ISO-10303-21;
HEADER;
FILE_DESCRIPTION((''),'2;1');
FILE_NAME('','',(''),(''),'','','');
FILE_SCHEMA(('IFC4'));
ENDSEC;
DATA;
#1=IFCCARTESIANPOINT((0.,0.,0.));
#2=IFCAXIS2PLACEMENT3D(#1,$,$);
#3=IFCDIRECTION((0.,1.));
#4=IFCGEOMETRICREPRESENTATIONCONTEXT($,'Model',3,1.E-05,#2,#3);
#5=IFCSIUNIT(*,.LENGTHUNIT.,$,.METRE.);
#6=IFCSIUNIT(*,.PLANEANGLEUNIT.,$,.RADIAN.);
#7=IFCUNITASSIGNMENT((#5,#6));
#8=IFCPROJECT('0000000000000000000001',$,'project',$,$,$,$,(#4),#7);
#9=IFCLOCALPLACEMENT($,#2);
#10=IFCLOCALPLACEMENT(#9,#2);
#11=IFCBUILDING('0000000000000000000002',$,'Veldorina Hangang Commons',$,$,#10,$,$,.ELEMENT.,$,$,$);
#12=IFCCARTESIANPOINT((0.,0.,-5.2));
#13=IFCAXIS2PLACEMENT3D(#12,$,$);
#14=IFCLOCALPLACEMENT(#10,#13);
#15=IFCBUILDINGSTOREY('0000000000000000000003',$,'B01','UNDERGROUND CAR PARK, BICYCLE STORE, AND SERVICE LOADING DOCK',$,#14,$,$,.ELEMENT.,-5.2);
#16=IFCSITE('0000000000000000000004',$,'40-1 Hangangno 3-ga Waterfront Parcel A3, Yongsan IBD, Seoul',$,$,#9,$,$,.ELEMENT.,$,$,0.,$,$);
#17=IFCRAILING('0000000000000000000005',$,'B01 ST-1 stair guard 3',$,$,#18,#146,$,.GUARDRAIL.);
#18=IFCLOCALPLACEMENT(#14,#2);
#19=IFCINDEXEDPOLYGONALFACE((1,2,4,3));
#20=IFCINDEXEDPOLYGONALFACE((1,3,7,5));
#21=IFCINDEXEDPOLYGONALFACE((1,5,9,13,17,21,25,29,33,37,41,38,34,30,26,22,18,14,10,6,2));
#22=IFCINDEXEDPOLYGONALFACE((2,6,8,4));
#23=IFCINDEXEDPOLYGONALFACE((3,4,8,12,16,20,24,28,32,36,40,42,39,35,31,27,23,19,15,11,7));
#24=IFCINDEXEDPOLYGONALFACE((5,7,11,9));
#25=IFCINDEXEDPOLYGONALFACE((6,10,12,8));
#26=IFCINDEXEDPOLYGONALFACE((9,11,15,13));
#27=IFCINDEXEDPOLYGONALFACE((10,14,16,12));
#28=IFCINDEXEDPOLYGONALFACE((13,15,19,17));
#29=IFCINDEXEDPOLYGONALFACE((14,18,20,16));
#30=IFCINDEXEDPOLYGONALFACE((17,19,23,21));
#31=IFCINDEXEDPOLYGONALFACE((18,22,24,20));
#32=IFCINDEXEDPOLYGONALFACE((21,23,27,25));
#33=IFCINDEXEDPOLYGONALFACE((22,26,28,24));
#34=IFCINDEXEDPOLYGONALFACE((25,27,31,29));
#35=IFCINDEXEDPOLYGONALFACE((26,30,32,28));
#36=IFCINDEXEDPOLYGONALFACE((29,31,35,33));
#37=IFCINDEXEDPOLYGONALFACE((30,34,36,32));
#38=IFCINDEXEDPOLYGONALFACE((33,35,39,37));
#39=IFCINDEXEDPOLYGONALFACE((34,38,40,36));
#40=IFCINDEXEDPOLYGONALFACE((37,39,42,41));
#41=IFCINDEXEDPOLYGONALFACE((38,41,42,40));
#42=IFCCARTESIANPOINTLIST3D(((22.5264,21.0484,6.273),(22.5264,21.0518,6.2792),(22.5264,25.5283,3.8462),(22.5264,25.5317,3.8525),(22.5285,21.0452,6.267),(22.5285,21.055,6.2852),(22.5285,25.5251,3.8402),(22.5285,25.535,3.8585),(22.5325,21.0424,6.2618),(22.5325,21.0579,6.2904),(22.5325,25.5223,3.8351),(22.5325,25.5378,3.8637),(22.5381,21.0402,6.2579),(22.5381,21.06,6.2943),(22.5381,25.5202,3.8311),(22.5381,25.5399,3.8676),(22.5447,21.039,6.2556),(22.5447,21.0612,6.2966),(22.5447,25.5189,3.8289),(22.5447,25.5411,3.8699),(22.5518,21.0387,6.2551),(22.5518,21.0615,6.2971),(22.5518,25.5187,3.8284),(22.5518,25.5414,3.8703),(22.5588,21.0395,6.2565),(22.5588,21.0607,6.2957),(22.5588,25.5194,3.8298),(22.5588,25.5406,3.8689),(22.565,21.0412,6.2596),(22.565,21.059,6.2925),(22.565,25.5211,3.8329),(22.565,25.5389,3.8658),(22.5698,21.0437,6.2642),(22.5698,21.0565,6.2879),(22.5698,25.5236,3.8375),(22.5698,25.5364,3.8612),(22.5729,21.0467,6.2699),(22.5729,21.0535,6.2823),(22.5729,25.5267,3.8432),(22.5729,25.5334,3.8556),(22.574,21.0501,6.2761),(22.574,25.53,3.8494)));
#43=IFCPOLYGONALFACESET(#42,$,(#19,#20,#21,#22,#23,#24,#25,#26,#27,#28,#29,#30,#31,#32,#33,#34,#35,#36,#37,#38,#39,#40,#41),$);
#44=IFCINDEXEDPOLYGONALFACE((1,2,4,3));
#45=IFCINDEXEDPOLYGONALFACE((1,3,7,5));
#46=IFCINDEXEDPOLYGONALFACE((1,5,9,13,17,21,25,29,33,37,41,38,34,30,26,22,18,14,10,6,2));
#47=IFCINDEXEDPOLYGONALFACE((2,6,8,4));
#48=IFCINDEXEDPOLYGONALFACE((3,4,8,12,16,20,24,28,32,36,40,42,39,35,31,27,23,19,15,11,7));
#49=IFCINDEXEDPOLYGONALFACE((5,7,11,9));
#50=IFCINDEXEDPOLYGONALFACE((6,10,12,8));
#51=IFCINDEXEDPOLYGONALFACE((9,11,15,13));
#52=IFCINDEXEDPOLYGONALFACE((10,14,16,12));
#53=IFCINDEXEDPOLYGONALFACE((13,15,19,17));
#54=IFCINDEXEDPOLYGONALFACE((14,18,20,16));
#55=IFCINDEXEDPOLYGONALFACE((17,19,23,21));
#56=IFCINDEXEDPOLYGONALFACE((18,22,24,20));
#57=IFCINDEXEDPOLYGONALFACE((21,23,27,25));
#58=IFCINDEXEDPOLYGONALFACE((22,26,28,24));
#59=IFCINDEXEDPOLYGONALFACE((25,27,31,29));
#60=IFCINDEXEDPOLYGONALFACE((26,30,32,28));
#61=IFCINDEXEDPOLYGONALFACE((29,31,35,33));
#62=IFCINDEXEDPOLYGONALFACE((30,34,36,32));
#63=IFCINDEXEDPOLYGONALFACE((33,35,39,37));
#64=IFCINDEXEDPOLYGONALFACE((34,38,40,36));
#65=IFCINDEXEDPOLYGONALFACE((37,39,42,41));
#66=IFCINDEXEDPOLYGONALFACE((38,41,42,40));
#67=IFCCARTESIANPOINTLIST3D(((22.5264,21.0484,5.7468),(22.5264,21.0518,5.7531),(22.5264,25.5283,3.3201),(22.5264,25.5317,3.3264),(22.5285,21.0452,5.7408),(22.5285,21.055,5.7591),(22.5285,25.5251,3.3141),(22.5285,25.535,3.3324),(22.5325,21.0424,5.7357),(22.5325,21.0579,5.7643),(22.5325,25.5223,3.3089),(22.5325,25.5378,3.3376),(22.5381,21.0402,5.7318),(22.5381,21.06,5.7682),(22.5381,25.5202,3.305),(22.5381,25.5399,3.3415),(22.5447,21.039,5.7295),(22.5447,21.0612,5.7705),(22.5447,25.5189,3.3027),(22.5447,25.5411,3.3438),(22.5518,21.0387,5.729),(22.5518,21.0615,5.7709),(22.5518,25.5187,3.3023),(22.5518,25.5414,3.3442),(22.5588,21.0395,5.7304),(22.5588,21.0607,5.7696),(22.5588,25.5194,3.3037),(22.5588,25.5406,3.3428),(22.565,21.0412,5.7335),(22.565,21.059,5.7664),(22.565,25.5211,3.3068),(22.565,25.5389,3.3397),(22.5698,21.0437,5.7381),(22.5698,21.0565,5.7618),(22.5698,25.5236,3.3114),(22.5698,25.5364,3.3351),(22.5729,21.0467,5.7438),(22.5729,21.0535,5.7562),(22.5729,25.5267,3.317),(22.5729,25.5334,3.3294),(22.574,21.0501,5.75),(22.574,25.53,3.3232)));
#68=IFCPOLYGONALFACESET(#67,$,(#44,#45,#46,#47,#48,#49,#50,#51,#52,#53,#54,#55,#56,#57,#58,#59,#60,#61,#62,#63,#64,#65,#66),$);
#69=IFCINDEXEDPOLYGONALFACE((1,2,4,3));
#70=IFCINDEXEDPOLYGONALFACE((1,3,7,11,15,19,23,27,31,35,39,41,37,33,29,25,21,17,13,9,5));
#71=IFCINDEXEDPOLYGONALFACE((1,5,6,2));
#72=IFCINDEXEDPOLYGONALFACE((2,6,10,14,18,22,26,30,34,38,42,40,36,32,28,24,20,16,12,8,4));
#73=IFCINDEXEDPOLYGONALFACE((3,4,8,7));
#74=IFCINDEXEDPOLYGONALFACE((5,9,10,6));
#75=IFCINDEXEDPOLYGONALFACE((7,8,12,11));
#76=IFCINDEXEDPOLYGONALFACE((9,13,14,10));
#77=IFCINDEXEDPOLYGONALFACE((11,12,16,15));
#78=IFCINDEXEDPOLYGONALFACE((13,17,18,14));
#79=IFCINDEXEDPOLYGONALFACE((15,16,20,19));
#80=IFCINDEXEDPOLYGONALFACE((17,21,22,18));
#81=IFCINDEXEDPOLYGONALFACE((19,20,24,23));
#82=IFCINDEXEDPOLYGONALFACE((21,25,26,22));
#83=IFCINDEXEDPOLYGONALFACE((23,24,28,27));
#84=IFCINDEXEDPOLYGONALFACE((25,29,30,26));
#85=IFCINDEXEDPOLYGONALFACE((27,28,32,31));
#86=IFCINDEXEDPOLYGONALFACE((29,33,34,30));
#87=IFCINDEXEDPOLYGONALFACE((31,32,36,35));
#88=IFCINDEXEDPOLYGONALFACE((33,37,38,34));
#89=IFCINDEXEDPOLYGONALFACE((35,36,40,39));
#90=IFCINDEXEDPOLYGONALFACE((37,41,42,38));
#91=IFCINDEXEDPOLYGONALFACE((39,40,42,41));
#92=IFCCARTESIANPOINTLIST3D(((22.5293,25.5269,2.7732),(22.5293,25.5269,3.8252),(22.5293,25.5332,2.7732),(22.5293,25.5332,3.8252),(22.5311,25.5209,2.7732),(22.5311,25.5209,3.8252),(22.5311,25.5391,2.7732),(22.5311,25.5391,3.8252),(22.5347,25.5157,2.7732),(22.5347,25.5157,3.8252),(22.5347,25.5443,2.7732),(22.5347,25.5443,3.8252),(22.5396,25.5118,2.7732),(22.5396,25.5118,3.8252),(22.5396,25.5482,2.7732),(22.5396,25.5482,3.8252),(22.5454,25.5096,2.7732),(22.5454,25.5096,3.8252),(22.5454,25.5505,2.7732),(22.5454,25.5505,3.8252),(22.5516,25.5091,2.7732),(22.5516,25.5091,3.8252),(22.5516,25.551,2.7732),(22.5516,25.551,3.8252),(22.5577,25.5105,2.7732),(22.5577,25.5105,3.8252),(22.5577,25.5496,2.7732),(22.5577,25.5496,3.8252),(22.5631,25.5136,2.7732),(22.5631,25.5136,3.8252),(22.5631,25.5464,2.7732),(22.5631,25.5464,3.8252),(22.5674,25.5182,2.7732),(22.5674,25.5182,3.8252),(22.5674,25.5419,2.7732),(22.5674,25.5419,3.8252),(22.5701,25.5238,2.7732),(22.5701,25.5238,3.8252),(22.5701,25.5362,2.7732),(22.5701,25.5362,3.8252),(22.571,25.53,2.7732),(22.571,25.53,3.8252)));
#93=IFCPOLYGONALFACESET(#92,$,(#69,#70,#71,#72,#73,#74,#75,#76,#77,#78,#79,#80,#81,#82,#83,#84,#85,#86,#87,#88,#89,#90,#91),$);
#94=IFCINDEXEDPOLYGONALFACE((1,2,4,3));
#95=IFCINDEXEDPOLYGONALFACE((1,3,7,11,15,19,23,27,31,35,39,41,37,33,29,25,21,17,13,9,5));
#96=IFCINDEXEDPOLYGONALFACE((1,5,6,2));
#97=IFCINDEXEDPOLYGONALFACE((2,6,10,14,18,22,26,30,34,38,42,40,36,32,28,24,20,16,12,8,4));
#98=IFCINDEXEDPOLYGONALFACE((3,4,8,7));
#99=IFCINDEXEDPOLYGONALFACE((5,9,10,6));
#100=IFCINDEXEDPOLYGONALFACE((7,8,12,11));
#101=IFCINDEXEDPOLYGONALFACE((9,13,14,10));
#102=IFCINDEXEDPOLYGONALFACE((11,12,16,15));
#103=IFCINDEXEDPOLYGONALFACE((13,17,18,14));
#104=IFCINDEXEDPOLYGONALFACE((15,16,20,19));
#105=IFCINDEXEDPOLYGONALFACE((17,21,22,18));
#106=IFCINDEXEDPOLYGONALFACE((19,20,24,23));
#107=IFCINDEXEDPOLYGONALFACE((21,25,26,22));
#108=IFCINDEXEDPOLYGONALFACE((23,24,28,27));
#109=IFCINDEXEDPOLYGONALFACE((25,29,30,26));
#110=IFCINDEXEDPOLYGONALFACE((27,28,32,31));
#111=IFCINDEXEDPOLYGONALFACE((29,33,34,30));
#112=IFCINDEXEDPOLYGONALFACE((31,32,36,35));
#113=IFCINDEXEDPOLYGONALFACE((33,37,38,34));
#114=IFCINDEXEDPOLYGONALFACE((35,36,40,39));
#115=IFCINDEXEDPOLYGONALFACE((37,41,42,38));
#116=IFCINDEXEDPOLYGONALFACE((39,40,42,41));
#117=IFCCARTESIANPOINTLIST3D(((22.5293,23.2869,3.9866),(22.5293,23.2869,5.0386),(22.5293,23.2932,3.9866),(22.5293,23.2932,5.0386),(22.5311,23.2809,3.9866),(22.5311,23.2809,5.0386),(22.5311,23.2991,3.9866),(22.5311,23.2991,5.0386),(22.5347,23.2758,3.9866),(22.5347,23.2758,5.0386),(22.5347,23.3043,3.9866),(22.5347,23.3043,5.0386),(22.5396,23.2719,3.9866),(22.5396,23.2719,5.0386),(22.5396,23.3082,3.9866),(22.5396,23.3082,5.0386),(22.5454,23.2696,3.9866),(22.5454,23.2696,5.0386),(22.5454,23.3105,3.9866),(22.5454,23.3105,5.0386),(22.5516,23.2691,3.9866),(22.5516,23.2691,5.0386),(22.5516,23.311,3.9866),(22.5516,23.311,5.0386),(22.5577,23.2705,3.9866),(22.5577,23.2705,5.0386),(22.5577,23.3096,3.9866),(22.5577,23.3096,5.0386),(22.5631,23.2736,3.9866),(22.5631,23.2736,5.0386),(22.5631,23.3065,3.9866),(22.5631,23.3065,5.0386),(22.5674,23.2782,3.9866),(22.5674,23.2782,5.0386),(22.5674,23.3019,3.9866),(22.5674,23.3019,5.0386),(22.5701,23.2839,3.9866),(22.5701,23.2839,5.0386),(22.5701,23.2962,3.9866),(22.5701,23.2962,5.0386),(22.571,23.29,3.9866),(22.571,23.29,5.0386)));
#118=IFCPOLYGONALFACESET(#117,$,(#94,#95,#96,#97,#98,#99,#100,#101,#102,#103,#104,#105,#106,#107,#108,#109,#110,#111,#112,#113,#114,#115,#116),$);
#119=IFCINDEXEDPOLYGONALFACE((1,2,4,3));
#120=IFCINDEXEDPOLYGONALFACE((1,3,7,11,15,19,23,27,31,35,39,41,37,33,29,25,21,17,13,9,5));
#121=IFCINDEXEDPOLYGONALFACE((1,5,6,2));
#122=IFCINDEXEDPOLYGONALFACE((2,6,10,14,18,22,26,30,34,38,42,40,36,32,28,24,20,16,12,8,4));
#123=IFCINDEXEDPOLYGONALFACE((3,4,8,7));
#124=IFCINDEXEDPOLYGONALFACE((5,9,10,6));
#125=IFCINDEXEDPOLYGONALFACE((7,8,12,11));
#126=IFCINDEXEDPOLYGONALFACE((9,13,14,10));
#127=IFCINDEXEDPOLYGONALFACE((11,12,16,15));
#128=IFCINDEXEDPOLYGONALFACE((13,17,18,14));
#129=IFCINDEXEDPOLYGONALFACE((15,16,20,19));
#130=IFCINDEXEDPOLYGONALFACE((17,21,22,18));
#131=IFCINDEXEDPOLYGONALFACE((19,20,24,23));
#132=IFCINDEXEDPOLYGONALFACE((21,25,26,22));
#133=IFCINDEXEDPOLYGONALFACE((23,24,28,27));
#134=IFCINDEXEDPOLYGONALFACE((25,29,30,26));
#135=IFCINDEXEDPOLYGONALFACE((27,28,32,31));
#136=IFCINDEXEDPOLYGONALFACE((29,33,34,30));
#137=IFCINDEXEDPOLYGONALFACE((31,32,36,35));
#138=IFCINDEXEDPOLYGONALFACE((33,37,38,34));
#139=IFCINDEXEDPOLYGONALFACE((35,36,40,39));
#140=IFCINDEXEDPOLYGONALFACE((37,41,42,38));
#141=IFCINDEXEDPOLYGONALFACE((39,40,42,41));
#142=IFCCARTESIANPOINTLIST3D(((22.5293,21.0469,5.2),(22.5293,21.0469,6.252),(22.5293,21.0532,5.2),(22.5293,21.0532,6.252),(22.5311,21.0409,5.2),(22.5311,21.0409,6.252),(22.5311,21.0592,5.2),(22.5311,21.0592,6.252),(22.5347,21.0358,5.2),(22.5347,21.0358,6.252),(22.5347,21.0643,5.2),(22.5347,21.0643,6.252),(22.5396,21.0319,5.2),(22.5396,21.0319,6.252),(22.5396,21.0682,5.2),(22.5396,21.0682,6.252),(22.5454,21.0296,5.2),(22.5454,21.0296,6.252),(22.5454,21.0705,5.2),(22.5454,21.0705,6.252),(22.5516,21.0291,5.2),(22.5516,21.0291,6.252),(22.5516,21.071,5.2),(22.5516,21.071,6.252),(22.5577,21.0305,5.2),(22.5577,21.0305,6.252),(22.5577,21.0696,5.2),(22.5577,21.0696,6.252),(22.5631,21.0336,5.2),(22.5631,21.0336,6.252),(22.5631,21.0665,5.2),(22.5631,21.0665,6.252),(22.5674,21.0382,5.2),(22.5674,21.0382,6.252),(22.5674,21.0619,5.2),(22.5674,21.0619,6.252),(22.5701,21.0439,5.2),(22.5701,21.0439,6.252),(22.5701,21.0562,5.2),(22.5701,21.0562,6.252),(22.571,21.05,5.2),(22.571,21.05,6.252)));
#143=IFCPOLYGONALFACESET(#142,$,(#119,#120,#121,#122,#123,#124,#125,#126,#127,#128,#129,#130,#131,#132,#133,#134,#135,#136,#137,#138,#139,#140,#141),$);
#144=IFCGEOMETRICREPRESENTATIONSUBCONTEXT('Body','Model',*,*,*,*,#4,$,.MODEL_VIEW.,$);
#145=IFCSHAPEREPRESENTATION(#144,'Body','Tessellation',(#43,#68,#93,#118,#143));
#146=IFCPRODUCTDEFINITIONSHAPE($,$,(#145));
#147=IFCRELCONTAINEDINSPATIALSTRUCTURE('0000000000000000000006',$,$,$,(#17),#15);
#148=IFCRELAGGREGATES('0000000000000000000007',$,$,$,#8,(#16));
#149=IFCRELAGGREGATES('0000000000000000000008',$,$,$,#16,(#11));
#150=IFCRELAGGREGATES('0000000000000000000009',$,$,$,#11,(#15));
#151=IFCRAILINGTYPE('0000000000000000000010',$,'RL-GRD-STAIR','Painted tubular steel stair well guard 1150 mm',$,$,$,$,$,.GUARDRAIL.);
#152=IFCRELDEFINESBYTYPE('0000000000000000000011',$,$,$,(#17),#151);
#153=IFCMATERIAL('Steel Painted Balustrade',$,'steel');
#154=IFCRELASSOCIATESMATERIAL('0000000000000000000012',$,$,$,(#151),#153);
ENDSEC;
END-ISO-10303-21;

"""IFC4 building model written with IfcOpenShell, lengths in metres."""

from ifc_helpers import new_model, si_unit, direction, frame, origin, origin_2d, place, context, subcontext, project, spatial, circle, extrude, material, type_object, element, save


model = new_model("IFC4")

# Units and contexts
model_context = context("Model", 3, precision=1e-05, world=origin(), true_north=direction((0.0, 1.0)))
body_context = subcontext(model_context, "Body", "Model", "MODEL_VIEW")
ifc_project = project(units=[si_unit("LENGTHUNIT", "METRE"), si_unit("PLANEANGLEUNIT", "RADIAN")], contexts=[model_context])

# Site, building, storey
site_placement = place(None, origin())
site = spatial("IfcSite", under=ifc_project, at=site_placement, Name="40-1 Hangangno 3-ga Waterfront Parcel A3, Yongsan IBD, Seoul", CompositionType="ELEMENT", RefElevation=0.0)
building_placement = place(site_placement, origin())
building = spatial("IfcBuilding", under=site, at=building_placement, Name="Veldorina Hangang Commons", CompositionType="ELEMENT")
storey_placement = place(building_placement, frame((0.0, 0.0, -5.2)))
storey = spatial("IfcBuildingStorey", under=building, at=storey_placement, Name="B01", Description="UNDERGROUND CAR PARK, BICYCLE STORE, AND SERVICE LOADING DOCK", CompositionType="ELEMENT", Elevation=-5.2)

# Railing
ifc_material_1 = material(Name="Steel Painted Balustrade", Category="steel")
railing_type_1 = type_object("IfcRailingType", Name="RL-GRD-STAIR", Description="Painted tubular steel stair well guard 1150 mm", PredefinedType="GUARDRAIL", material=ifc_material_1)
railing_1_placement = place(storey_placement, frame((22.55, 25.53, 2.7732)))
element("IfcRailing", 1, at=railing_1_placement, inside=storey, type_object=railing_type_1, Name="B01 ST-1 stair guard 3", PredefinedType="GUARDRAIL", context=body_context, shape_type="SweptSolid", body=[
    extrude(circle(Radius=0.0239, at=origin_2d()), frame((0.0, 0.0, 1.0762), z_axis=(0.0, -0.879284, 0.476299), x_axis=(1.0, 0.0, 0.0)), (0.0, 0.0, 1.0), 5.095),
    extrude(circle(Radius=0.0239, at=origin_2d()), frame((0.0, 0.0, 0.55), z_axis=(0.0, -0.879284, 0.476299), x_axis=(1.0, 0.0, 0.0)), (0.0, 0.0, 1.0), 5.095),
    extrude(circle(Radius=0.021, at=origin_2d()), origin(), (0.0, 0.0, 1.0), 1.052),
    extrude(circle(Radius=0.021, at=origin_2d()), frame((0.0, -2.24, 1.2134)), (0.0, 0.0, 1.0), 1.052),
    extrude(circle(Radius=0.021, at=origin_2d()), frame((0.0, -4.48, 2.4268)), (0.0, 0.0, 1.0), 1.052),
])

save(model, "model.ifc")
